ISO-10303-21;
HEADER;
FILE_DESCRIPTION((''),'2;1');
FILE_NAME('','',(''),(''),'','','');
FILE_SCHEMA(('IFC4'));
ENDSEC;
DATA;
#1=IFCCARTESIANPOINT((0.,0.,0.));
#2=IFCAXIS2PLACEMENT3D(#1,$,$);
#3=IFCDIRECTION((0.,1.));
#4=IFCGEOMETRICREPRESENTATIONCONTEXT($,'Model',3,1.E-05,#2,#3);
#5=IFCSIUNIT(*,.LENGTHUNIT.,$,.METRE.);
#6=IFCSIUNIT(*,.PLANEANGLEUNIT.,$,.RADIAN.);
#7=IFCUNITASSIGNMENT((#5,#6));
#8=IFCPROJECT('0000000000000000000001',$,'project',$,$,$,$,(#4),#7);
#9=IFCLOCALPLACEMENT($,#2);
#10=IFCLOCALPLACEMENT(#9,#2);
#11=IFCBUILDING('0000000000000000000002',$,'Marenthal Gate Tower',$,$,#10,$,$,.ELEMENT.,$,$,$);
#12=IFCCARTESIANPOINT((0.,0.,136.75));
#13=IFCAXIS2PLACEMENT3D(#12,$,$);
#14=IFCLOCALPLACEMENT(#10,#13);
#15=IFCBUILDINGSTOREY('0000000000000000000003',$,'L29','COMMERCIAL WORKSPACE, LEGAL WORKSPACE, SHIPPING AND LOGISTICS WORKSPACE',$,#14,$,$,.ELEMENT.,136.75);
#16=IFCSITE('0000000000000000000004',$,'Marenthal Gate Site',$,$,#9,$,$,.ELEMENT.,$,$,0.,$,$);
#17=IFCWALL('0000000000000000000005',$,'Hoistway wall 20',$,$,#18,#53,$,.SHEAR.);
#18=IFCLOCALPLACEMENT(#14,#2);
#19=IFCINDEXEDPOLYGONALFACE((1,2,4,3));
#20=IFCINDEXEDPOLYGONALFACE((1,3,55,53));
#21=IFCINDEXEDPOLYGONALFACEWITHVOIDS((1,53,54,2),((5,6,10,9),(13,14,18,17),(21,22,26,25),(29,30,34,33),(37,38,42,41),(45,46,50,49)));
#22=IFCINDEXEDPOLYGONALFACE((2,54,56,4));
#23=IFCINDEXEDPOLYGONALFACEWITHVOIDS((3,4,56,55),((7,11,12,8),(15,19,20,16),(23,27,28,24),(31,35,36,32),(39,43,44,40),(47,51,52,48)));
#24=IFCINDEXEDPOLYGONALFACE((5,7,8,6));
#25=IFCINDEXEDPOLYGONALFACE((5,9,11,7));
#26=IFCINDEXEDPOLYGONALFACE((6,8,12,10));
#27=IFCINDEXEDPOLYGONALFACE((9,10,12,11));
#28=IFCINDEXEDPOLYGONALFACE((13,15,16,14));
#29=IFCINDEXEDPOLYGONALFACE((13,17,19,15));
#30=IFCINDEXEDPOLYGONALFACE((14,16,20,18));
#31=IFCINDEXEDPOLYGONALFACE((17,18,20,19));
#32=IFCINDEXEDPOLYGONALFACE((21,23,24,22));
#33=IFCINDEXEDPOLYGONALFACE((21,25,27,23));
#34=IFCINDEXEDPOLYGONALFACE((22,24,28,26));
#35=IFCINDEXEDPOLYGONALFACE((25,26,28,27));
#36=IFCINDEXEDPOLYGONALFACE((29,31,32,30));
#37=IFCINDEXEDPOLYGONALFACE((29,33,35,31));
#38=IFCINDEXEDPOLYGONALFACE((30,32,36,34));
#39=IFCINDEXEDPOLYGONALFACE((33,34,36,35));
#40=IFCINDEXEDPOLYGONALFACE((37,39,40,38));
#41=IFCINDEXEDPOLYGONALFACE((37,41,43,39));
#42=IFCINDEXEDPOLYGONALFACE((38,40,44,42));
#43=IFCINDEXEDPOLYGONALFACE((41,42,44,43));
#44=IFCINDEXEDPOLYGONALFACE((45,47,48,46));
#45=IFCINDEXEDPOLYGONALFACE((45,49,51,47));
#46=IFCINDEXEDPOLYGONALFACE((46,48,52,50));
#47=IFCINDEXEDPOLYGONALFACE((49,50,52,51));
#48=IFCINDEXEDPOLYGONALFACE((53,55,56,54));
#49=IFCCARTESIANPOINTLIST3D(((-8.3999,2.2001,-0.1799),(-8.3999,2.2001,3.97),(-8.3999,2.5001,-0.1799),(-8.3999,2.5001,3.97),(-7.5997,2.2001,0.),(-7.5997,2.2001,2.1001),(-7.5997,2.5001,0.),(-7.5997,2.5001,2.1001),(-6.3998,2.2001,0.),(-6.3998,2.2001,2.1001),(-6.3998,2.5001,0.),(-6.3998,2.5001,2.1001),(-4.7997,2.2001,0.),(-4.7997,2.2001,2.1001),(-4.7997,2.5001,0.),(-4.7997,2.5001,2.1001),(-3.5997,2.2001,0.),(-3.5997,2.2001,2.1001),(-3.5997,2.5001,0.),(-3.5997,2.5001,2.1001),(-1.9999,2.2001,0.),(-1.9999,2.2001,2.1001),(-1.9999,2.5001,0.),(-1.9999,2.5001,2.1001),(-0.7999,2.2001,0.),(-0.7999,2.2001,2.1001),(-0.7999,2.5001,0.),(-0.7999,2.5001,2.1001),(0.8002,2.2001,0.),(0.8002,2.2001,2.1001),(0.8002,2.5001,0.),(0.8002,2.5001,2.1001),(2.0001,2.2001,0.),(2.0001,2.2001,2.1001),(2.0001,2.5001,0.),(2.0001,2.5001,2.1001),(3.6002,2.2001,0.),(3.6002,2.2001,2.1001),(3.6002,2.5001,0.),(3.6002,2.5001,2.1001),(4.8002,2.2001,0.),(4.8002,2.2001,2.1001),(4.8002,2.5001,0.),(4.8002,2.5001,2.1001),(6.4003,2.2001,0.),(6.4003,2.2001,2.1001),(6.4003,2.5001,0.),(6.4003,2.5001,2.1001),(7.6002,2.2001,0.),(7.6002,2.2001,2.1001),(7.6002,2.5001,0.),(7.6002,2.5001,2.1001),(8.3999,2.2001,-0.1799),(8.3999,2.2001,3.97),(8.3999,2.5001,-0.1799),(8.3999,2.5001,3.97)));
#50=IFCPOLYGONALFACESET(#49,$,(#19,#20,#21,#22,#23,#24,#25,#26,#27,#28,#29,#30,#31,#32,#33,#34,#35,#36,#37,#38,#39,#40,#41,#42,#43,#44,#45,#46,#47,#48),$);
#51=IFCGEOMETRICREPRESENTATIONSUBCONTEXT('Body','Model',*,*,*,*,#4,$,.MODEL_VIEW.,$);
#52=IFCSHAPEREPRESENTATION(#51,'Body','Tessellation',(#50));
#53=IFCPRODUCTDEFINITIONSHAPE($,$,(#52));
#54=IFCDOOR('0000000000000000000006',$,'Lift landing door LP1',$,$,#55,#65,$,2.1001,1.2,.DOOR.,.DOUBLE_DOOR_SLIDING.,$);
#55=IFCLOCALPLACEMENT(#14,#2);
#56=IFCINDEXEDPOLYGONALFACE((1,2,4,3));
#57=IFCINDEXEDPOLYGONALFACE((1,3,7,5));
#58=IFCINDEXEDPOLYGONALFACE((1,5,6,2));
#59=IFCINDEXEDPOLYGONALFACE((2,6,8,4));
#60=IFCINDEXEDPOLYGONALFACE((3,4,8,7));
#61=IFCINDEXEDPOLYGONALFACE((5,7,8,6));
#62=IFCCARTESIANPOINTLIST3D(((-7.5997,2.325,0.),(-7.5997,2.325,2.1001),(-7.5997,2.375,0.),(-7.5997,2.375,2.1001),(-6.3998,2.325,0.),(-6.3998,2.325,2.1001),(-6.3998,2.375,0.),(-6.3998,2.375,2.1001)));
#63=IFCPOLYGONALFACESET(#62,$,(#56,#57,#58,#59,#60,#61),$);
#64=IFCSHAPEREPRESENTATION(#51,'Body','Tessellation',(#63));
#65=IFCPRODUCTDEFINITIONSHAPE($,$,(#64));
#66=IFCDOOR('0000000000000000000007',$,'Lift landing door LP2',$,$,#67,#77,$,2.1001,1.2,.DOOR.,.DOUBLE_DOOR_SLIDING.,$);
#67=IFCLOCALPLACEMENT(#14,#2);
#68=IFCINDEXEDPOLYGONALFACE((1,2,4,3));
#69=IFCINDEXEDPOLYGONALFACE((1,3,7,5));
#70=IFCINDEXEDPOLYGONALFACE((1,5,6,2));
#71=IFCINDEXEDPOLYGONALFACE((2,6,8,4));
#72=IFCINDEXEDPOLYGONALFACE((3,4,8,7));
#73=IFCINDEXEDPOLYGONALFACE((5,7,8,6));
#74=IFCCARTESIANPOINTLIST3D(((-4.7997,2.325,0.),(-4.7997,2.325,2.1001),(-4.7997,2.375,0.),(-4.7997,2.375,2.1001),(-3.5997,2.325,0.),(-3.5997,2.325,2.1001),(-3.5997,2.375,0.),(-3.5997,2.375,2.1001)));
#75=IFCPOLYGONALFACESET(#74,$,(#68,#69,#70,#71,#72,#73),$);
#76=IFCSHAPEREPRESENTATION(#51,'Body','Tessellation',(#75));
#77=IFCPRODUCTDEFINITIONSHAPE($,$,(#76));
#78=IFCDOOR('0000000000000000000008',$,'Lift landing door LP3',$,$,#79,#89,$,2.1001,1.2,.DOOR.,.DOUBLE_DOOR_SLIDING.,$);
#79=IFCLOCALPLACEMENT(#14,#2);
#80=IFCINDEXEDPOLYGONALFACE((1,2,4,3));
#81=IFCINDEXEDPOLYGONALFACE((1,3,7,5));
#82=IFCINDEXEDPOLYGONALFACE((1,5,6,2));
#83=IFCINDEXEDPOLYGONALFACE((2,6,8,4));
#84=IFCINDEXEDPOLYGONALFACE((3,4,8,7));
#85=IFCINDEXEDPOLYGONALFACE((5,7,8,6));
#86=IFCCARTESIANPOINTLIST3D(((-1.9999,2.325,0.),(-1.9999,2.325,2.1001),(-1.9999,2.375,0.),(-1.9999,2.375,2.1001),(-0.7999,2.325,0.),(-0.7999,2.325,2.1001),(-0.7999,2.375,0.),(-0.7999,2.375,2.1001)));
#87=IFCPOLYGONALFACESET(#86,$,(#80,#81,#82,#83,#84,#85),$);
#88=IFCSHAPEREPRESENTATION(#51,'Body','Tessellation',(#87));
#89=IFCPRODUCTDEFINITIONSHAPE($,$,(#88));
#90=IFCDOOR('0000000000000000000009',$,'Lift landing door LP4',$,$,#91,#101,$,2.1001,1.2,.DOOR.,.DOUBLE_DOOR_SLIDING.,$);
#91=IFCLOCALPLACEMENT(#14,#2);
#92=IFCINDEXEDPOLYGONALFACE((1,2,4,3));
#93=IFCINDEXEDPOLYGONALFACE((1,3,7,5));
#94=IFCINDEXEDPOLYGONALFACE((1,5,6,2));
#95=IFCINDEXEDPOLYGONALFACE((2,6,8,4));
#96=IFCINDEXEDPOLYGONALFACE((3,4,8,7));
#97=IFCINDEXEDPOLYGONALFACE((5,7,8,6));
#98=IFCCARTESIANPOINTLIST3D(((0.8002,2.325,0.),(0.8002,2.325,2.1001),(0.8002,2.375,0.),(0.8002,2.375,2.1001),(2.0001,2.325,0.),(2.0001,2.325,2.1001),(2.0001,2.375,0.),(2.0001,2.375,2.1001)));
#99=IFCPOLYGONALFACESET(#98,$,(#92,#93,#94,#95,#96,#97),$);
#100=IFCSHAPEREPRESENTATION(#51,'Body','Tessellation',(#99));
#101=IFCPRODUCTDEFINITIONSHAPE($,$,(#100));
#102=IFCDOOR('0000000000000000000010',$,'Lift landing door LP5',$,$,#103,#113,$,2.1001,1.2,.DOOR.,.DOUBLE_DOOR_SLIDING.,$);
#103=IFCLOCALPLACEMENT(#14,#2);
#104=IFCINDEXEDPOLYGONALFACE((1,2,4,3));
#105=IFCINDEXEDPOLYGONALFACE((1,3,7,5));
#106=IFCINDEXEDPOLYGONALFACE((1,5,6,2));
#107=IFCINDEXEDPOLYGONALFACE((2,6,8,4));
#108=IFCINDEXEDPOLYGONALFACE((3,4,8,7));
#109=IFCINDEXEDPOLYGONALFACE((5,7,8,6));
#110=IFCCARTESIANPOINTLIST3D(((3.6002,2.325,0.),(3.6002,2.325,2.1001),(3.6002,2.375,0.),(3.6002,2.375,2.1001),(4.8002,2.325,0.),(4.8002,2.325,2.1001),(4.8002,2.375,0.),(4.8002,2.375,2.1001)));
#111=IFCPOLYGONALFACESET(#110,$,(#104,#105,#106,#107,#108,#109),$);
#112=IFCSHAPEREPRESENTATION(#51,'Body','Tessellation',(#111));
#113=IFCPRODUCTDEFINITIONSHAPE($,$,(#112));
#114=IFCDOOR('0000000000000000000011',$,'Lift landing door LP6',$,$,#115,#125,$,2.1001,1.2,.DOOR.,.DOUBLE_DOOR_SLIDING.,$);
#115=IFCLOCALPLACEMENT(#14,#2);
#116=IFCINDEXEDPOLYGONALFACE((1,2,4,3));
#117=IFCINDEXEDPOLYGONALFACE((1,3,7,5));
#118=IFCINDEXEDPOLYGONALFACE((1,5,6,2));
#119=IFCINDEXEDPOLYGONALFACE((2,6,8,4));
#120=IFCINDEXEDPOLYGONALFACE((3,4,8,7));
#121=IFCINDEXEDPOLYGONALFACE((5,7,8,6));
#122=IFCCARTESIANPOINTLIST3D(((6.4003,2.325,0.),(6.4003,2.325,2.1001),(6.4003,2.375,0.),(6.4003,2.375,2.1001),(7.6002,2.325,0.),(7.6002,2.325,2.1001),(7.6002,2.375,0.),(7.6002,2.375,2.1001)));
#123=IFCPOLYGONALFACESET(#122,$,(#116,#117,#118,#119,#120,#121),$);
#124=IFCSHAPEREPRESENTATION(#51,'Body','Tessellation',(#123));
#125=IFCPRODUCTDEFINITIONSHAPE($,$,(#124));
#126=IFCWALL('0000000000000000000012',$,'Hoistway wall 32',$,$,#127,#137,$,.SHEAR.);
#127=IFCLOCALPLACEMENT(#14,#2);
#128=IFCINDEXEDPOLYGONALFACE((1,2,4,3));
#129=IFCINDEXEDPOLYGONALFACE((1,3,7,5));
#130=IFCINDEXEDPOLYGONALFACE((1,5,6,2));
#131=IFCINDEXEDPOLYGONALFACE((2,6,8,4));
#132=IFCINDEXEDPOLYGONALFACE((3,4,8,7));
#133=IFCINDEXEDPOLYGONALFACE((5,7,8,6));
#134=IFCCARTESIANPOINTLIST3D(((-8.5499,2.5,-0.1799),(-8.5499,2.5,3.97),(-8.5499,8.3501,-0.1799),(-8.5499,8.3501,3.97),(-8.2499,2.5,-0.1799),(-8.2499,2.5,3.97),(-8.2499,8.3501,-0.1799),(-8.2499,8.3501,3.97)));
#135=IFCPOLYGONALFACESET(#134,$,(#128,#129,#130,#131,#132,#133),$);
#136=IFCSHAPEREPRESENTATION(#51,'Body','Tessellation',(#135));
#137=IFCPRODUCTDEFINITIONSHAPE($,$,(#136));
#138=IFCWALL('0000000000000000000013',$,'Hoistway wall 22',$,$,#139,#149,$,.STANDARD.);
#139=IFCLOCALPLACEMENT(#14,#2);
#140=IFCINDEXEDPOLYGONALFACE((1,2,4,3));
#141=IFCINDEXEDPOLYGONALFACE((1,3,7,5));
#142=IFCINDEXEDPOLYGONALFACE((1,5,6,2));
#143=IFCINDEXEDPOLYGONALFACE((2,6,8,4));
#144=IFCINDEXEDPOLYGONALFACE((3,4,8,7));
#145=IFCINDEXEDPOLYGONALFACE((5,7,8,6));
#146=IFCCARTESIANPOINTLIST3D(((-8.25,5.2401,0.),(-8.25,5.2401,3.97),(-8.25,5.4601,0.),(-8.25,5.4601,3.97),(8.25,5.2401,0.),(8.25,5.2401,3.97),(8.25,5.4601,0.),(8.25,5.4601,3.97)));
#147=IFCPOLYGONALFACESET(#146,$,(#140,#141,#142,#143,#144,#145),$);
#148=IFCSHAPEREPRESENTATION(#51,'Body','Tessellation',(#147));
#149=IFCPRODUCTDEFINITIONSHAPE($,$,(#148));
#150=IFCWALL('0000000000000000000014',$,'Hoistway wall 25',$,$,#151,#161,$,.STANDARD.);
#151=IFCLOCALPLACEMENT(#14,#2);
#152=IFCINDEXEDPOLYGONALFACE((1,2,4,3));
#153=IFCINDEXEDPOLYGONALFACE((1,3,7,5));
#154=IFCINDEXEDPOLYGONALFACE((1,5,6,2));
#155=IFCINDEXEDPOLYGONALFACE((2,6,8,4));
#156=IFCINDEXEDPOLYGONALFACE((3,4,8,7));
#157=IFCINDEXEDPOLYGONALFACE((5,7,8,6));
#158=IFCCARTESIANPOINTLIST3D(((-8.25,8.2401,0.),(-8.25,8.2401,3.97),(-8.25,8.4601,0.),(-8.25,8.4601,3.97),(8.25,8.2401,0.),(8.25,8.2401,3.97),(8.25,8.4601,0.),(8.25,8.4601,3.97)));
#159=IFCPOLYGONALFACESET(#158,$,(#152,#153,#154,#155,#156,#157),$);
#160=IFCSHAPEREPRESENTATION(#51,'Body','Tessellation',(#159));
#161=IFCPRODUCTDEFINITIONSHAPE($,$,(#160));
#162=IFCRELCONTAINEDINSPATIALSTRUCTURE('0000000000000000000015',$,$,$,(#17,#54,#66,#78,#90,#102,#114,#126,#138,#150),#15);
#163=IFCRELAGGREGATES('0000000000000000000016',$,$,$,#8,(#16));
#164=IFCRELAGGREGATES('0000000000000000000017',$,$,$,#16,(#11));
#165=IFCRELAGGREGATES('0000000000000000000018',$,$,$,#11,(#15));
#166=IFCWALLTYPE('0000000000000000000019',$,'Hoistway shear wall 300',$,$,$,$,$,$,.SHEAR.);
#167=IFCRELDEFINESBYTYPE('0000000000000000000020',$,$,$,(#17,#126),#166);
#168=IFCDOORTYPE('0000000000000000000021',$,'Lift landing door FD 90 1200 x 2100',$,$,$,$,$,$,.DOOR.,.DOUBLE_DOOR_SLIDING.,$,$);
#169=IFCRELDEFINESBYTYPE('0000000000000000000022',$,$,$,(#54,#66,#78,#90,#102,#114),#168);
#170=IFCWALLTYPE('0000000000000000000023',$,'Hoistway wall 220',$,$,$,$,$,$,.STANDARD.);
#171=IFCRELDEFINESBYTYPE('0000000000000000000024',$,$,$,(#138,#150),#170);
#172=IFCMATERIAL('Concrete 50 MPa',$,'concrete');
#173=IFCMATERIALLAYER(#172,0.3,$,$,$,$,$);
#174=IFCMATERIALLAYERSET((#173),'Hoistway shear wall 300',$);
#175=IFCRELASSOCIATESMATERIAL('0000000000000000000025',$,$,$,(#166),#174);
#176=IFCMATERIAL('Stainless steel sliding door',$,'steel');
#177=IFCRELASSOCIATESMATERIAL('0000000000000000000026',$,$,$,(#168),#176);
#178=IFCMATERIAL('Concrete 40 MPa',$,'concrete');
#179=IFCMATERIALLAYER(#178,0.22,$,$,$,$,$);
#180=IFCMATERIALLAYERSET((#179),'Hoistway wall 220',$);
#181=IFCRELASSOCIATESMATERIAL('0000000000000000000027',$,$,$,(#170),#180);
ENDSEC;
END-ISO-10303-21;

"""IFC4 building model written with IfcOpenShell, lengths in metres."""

from ifc_helpers import new_model, si_unit, direction, frame, frame_2d, origin, place, context, subcontext, project, spatial, rectangle, extrude, material, layer, layer_set, type_object, element, fill, save


model = new_model("IFC4")

# Units and contexts
model_context = context("Model", 3, precision=1e-05, world=origin(), true_north=direction((0.0, 1.0)))
body_context = subcontext(model_context, "Body", "Model", "MODEL_VIEW")
ifc_project = project(units=[si_unit("LENGTHUNIT", "METRE"), si_unit("PLANEANGLEUNIT", "RADIAN")], contexts=[model_context])

# Site, building, storey
site_placement = place(None, origin())
site = spatial("IfcSite", under=ifc_project, at=site_placement, Name="Marenthal Gate Site", CompositionType="ELEMENT", RefElevation=0.0)
building_placement = place(site_placement, origin())
building = spatial("IfcBuilding", under=site, at=building_placement, Name="Marenthal Gate Tower", CompositionType="ELEMENT")
storey_placement = place(building_placement, frame((0.0, 0.0, 136.75)))
storey = spatial("IfcBuildingStorey", under=building, at=storey_placement, Name="L29", Description="COMMERCIAL WORKSPACE, LEGAL WORKSPACE, SHIPPING AND LOGISTICS WORKSPACE", CompositionType="ELEMENT", Elevation=136.75)

# Wall, openings, doors
ifc_material_1 = material(Name="Concrete 50 MPa", Category="concrete")
ifc_layer_1 = layer(ifc_material_1, 0.3)
ifc_layer_set_1 = layer_set([ifc_layer_1], Name="Hoistway shear wall 300")
wall_type_1 = type_object("IfcWallType", Name="Hoistway shear wall 300", PredefinedType="SHEAR", material=ifc_layer_set_1)
wall_1_placement = place(storey_placement, frame((-8.3999, 2.3501, -0.1799), z_axis=(0.0, 0.0, 1.0), x_axis=(1.0, 0.0, 0.0)))
wall_1 = element("IfcWall", 1, at=wall_1_placement, inside=storey, type_object=wall_type_1, Name="Hoistway wall 20", PredefinedType="SHEAR", context=body_context, shape_type="SweptSolid", body=[
    extrude(rectangle(XDim=16.7998, YDim=0.3, at=frame_2d((8.3999, 0.0))), origin(), (0.0, 0.0, 1.0), 4.1499),
])
opening_1_placement = place(wall_1_placement, frame((0.8, 0.0, 0.1799)))
opening_1 = element("IfcOpeningElement", 2, at=opening_1_placement, cuts=wall_1, PredefinedType="OPENING", context=body_context, shape_type="SweptSolid", body=[
    extrude(rectangle(XDim=1.2, YDim=2.1001, at=frame_2d((0.6001, 1.05))), frame((0.0, 0.1602, 0.0), z_axis=(0.0, -1.0, 0.0), x_axis=(1.0, 0.0, 0.0)), (0.0, 0.0, 1.0), 0.3201),
])
opening_2_placement = place(wall_1_placement, frame((3.6001, 0.0, 0.1799)))
opening_2 = element("IfcOpeningElement", 3, at=opening_2_placement, cuts=wall_1, PredefinedType="OPENING", context=body_context, shape_type="SweptSolid", body=[
    extrude(rectangle(XDim=1.2, YDim=2.1001, at=frame_2d((0.6001, 1.05))), frame((0.0, 0.1602, 0.0), z_axis=(0.0, -1.0, 0.0), x_axis=(1.0, 0.0, 0.0)), (0.0, 0.0, 1.0), 0.3201),
])
opening_3_placement = place(wall_1_placement, frame((6.3999, 0.0, 0.1799)))
opening_3 = element("IfcOpeningElement", 4, at=opening_3_placement, cuts=wall_1, PredefinedType="OPENING", context=body_context, shape_type="SweptSolid", body=[
    extrude(rectangle(XDim=1.2, YDim=2.1001, at=frame_2d((0.6001, 1.05))), frame((0.0, 0.1602, 0.0), z_axis=(0.0, -1.0, 0.0), x_axis=(1.0, 0.0, 0.0)), (0.0, 0.0, 1.0), 0.3201),
])
opening_4_placement = place(wall_1_placement, frame((9.2, 0.0, 0.1799)))
opening_4 = element("IfcOpeningElement", 5, at=opening_4_placement, cuts=wall_1, PredefinedType="OPENING", context=body_context, shape_type="SweptSolid", body=[
    extrude(rectangle(XDim=1.2, YDim=2.1001, at=frame_2d((0.6001, 1.05))), frame((0.0, 0.1602, 0.0), z_axis=(0.0, -1.0, 0.0), x_axis=(1.0, 0.0, 0.0)), (0.0, 0.0, 1.0), 0.3201),
])
opening_5_placement = place(wall_1_placement, frame((12.0, 0.0, 0.1799)))
opening_5 = element("IfcOpeningElement", 6, at=opening_5_placement, cuts=wall_1, PredefinedType="OPENING", context=body_context, shape_type="SweptSolid", body=[
    extrude(rectangle(XDim=1.2, YDim=2.1001, at=frame_2d((0.6001, 1.05))), frame((0.0, 0.1602, 0.0), z_axis=(0.0, -1.0, 0.0), x_axis=(1.0, 0.0, 0.0)), (0.0, 0.0, 1.0), 0.3201),
])
opening_6_placement = place(wall_1_placement, frame((14.8, 0.0, 0.1799)))
opening_6 = element("IfcOpeningElement", 7, at=opening_6_placement, cuts=wall_1, PredefinedType="OPENING", context=body_context, shape_type="SweptSolid", body=[
    extrude(rectangle(XDim=1.2, YDim=2.1001, at=frame_2d((0.6001, 1.05))), frame((0.0, 0.1602, 0.0), z_axis=(0.0, -1.0, 0.0), x_axis=(1.0, 0.0, 0.0)), (0.0, 0.0, 1.0), 0.3201),
])
ifc_material_2 = material(Name="Stainless steel sliding door", Category="steel")
door_type = type_object("IfcDoorType", Name="Lift landing door FD 90 1200 x 2100", OperationType="DOUBLE_DOOR_SLIDING", PredefinedType="DOOR", material=ifc_material_2)
door_1_placement = place(opening_1_placement, origin())
door_1 = element("IfcDoor", 8, at=door_1_placement, inside=storey, type_object=door_type, Name="Lift landing door LP1", OperationType="DOUBLE_DOOR_SLIDING", OverallHeight=2.1001, OverallWidth=1.2, PredefinedType="DOOR", context=body_context, shape_type="SweptSolid", body=[
    extrude(rectangle(XDim=1.2, YDim=2.1001, at=frame_2d((0.6001, 1.05))), frame((0.0, 0.0249, 0.0), z_axis=(0.0, -1.0, 0.0), x_axis=(1.0, 0.0, 0.0)), (0.0, 0.0, 1.0), 0.05),
])
fill(opening_1, door_1)
door_2_placement = place(opening_2_placement, origin())
door_2 = element("IfcDoor", 9, at=door_2_placement, inside=storey, type_object=door_type, Name="Lift landing door LP2", OperationType="DOUBLE_DOOR_SLIDING", OverallHeight=2.1001, OverallWidth=1.2, PredefinedType="DOOR", context=body_context, shape_type="SweptSolid", body=[
    extrude(rectangle(XDim=1.2, YDim=2.1001, at=frame_2d((0.6001, 1.05))), frame((0.0, 0.0249, 0.0), z_axis=(0.0, -1.0, 0.0), x_axis=(1.0, 0.0, 0.0)), (0.0, 0.0, 1.0), 0.05),
])
fill(opening_2, door_2)
door_3_placement = place(opening_3_placement, origin())
door_3 = element("IfcDoor", 10, at=door_3_placement, inside=storey, type_object=door_type, Name="Lift landing door LP3", OperationType="DOUBLE_DOOR_SLIDING", OverallHeight=2.1001, OverallWidth=1.2, PredefinedType="DOOR", context=body_context, shape_type="SweptSolid", body=[
    extrude(rectangle(XDim=1.2, YDim=2.1001, at=frame_2d((0.6001, 1.05))), frame((0.0, 0.0249, 0.0), z_axis=(0.0, -1.0, 0.0), x_axis=(1.0, 0.0, 0.0)), (0.0, 0.0, 1.0), 0.05),
])
fill(opening_3, door_3)
door_4_placement = place(opening_4_placement, origin())
door_4 = element("IfcDoor", 11, at=door_4_placement, inside=storey, type_object=door_type, Name="Lift landing door LP4", OperationType="DOUBLE_DOOR_SLIDING", OverallHeight=2.1001, OverallWidth=1.2, PredefinedType="DOOR", context=body_context, shape_type="SweptSolid", body=[
    extrude(rectangle(XDim=1.2, YDim=2.1001, at=frame_2d((0.6001, 1.05))), frame((0.0, 0.0249, 0.0), z_axis=(0.0, -1.0, 0.0), x_axis=(1.0, 0.0, 0.0)), (0.0, 0.0, 1.0), 0.05),
])
fill(opening_4, door_4)
door_5_placement = place(opening_5_placement, origin())
door_5 = element("IfcDoor", 12, at=door_5_placement, inside=storey, type_object=door_type, Name="Lift landing door LP5", OperationType="DOUBLE_DOOR_SLIDING", OverallHeight=2.1001, OverallWidth=1.2, PredefinedType="DOOR", context=body_context, shape_type="SweptSolid", body=[
    extrude(rectangle(XDim=1.2, YDim=2.1001, at=frame_2d((0.6001, 1.05))), frame((0.0, 0.0249, 0.0), z_axis=(0.0, -1.0, 0.0), x_axis=(1.0, 0.0, 0.0)), (0.0, 0.0, 1.0), 0.05),
])
fill(opening_5, door_5)
door_6_placement = place(opening_6_placement, origin())
door_6 = element("IfcDoor", 13, at=door_6_placement, inside=storey, type_object=door_type, Name="Lift landing door LP6", OperationType="DOUBLE_DOOR_SLIDING", OverallHeight=2.1001, OverallWidth=1.2, PredefinedType="DOOR", context=body_context, shape_type="SweptSolid", body=[
    extrude(rectangle(XDim=1.2, YDim=2.1001, at=frame_2d((0.6001, 1.05))), frame((0.0, 0.0249, 0.0), z_axis=(0.0, -1.0, 0.0), x_axis=(1.0, 0.0, 0.0)), (0.0, 0.0, 1.0), 0.05),
])
fill(opening_6, door_6)

# Walls
wall_2_placement = place(storey_placement, frame((-8.3999, 2.5, -0.1799), z_axis=(0.0, 0.0, 1.0), x_axis=(0.0, 1.0, 0.0)))
element("IfcWall", 14, at=wall_2_placement, inside=storey, type_object=wall_type_1, Name="Hoistway wall 32", PredefinedType="SHEAR", context=body_context, shape_type="SweptSolid", body=[
    extrude(rectangle(XDim=5.8501, YDim=0.3, at=frame_2d((2.925, 0.0))), origin(), (0.0, 0.0, 1.0), 4.1499),
])
ifc_material_3 = material(Name="Concrete 40 MPa", Category="concrete")
ifc_layer_2 = layer(ifc_material_3, 0.22)
ifc_layer_set_2 = layer_set([ifc_layer_2], Name="Hoistway wall 220")
wall_type_2 = type_object("IfcWallType", Name="Hoistway wall 220", PredefinedType="STANDARD", material=ifc_layer_set_2)
for number, where, z_axis, x_axis, name in (
    (15, (-8.25, 5.3501, 0.0), (0.0, 0.0, 1.0), (1.0, 0.0, 0.0), "Hoistway wall 22"),
    (16, (-8.25, 8.3501, 0.0), (0.0, 0.0, 1.0), (1.0, 0.0, 0.0), "Hoistway wall 25"),
):
    element("IfcWall", number, at=place(storey_placement, frame(where, z_axis=z_axis, x_axis=x_axis)), inside=storey, type_object=wall_type_2, Name=name, PredefinedType="STANDARD", context=body_context, shape_type="SweptSolid", body=[
        extrude(rectangle(XDim=16.5, YDim=0.22, at=frame_2d((8.25, 0.0))), origin(), (0.0, 0.0, 1.0), 3.97),
    ])

save(model, "model.ifc")
